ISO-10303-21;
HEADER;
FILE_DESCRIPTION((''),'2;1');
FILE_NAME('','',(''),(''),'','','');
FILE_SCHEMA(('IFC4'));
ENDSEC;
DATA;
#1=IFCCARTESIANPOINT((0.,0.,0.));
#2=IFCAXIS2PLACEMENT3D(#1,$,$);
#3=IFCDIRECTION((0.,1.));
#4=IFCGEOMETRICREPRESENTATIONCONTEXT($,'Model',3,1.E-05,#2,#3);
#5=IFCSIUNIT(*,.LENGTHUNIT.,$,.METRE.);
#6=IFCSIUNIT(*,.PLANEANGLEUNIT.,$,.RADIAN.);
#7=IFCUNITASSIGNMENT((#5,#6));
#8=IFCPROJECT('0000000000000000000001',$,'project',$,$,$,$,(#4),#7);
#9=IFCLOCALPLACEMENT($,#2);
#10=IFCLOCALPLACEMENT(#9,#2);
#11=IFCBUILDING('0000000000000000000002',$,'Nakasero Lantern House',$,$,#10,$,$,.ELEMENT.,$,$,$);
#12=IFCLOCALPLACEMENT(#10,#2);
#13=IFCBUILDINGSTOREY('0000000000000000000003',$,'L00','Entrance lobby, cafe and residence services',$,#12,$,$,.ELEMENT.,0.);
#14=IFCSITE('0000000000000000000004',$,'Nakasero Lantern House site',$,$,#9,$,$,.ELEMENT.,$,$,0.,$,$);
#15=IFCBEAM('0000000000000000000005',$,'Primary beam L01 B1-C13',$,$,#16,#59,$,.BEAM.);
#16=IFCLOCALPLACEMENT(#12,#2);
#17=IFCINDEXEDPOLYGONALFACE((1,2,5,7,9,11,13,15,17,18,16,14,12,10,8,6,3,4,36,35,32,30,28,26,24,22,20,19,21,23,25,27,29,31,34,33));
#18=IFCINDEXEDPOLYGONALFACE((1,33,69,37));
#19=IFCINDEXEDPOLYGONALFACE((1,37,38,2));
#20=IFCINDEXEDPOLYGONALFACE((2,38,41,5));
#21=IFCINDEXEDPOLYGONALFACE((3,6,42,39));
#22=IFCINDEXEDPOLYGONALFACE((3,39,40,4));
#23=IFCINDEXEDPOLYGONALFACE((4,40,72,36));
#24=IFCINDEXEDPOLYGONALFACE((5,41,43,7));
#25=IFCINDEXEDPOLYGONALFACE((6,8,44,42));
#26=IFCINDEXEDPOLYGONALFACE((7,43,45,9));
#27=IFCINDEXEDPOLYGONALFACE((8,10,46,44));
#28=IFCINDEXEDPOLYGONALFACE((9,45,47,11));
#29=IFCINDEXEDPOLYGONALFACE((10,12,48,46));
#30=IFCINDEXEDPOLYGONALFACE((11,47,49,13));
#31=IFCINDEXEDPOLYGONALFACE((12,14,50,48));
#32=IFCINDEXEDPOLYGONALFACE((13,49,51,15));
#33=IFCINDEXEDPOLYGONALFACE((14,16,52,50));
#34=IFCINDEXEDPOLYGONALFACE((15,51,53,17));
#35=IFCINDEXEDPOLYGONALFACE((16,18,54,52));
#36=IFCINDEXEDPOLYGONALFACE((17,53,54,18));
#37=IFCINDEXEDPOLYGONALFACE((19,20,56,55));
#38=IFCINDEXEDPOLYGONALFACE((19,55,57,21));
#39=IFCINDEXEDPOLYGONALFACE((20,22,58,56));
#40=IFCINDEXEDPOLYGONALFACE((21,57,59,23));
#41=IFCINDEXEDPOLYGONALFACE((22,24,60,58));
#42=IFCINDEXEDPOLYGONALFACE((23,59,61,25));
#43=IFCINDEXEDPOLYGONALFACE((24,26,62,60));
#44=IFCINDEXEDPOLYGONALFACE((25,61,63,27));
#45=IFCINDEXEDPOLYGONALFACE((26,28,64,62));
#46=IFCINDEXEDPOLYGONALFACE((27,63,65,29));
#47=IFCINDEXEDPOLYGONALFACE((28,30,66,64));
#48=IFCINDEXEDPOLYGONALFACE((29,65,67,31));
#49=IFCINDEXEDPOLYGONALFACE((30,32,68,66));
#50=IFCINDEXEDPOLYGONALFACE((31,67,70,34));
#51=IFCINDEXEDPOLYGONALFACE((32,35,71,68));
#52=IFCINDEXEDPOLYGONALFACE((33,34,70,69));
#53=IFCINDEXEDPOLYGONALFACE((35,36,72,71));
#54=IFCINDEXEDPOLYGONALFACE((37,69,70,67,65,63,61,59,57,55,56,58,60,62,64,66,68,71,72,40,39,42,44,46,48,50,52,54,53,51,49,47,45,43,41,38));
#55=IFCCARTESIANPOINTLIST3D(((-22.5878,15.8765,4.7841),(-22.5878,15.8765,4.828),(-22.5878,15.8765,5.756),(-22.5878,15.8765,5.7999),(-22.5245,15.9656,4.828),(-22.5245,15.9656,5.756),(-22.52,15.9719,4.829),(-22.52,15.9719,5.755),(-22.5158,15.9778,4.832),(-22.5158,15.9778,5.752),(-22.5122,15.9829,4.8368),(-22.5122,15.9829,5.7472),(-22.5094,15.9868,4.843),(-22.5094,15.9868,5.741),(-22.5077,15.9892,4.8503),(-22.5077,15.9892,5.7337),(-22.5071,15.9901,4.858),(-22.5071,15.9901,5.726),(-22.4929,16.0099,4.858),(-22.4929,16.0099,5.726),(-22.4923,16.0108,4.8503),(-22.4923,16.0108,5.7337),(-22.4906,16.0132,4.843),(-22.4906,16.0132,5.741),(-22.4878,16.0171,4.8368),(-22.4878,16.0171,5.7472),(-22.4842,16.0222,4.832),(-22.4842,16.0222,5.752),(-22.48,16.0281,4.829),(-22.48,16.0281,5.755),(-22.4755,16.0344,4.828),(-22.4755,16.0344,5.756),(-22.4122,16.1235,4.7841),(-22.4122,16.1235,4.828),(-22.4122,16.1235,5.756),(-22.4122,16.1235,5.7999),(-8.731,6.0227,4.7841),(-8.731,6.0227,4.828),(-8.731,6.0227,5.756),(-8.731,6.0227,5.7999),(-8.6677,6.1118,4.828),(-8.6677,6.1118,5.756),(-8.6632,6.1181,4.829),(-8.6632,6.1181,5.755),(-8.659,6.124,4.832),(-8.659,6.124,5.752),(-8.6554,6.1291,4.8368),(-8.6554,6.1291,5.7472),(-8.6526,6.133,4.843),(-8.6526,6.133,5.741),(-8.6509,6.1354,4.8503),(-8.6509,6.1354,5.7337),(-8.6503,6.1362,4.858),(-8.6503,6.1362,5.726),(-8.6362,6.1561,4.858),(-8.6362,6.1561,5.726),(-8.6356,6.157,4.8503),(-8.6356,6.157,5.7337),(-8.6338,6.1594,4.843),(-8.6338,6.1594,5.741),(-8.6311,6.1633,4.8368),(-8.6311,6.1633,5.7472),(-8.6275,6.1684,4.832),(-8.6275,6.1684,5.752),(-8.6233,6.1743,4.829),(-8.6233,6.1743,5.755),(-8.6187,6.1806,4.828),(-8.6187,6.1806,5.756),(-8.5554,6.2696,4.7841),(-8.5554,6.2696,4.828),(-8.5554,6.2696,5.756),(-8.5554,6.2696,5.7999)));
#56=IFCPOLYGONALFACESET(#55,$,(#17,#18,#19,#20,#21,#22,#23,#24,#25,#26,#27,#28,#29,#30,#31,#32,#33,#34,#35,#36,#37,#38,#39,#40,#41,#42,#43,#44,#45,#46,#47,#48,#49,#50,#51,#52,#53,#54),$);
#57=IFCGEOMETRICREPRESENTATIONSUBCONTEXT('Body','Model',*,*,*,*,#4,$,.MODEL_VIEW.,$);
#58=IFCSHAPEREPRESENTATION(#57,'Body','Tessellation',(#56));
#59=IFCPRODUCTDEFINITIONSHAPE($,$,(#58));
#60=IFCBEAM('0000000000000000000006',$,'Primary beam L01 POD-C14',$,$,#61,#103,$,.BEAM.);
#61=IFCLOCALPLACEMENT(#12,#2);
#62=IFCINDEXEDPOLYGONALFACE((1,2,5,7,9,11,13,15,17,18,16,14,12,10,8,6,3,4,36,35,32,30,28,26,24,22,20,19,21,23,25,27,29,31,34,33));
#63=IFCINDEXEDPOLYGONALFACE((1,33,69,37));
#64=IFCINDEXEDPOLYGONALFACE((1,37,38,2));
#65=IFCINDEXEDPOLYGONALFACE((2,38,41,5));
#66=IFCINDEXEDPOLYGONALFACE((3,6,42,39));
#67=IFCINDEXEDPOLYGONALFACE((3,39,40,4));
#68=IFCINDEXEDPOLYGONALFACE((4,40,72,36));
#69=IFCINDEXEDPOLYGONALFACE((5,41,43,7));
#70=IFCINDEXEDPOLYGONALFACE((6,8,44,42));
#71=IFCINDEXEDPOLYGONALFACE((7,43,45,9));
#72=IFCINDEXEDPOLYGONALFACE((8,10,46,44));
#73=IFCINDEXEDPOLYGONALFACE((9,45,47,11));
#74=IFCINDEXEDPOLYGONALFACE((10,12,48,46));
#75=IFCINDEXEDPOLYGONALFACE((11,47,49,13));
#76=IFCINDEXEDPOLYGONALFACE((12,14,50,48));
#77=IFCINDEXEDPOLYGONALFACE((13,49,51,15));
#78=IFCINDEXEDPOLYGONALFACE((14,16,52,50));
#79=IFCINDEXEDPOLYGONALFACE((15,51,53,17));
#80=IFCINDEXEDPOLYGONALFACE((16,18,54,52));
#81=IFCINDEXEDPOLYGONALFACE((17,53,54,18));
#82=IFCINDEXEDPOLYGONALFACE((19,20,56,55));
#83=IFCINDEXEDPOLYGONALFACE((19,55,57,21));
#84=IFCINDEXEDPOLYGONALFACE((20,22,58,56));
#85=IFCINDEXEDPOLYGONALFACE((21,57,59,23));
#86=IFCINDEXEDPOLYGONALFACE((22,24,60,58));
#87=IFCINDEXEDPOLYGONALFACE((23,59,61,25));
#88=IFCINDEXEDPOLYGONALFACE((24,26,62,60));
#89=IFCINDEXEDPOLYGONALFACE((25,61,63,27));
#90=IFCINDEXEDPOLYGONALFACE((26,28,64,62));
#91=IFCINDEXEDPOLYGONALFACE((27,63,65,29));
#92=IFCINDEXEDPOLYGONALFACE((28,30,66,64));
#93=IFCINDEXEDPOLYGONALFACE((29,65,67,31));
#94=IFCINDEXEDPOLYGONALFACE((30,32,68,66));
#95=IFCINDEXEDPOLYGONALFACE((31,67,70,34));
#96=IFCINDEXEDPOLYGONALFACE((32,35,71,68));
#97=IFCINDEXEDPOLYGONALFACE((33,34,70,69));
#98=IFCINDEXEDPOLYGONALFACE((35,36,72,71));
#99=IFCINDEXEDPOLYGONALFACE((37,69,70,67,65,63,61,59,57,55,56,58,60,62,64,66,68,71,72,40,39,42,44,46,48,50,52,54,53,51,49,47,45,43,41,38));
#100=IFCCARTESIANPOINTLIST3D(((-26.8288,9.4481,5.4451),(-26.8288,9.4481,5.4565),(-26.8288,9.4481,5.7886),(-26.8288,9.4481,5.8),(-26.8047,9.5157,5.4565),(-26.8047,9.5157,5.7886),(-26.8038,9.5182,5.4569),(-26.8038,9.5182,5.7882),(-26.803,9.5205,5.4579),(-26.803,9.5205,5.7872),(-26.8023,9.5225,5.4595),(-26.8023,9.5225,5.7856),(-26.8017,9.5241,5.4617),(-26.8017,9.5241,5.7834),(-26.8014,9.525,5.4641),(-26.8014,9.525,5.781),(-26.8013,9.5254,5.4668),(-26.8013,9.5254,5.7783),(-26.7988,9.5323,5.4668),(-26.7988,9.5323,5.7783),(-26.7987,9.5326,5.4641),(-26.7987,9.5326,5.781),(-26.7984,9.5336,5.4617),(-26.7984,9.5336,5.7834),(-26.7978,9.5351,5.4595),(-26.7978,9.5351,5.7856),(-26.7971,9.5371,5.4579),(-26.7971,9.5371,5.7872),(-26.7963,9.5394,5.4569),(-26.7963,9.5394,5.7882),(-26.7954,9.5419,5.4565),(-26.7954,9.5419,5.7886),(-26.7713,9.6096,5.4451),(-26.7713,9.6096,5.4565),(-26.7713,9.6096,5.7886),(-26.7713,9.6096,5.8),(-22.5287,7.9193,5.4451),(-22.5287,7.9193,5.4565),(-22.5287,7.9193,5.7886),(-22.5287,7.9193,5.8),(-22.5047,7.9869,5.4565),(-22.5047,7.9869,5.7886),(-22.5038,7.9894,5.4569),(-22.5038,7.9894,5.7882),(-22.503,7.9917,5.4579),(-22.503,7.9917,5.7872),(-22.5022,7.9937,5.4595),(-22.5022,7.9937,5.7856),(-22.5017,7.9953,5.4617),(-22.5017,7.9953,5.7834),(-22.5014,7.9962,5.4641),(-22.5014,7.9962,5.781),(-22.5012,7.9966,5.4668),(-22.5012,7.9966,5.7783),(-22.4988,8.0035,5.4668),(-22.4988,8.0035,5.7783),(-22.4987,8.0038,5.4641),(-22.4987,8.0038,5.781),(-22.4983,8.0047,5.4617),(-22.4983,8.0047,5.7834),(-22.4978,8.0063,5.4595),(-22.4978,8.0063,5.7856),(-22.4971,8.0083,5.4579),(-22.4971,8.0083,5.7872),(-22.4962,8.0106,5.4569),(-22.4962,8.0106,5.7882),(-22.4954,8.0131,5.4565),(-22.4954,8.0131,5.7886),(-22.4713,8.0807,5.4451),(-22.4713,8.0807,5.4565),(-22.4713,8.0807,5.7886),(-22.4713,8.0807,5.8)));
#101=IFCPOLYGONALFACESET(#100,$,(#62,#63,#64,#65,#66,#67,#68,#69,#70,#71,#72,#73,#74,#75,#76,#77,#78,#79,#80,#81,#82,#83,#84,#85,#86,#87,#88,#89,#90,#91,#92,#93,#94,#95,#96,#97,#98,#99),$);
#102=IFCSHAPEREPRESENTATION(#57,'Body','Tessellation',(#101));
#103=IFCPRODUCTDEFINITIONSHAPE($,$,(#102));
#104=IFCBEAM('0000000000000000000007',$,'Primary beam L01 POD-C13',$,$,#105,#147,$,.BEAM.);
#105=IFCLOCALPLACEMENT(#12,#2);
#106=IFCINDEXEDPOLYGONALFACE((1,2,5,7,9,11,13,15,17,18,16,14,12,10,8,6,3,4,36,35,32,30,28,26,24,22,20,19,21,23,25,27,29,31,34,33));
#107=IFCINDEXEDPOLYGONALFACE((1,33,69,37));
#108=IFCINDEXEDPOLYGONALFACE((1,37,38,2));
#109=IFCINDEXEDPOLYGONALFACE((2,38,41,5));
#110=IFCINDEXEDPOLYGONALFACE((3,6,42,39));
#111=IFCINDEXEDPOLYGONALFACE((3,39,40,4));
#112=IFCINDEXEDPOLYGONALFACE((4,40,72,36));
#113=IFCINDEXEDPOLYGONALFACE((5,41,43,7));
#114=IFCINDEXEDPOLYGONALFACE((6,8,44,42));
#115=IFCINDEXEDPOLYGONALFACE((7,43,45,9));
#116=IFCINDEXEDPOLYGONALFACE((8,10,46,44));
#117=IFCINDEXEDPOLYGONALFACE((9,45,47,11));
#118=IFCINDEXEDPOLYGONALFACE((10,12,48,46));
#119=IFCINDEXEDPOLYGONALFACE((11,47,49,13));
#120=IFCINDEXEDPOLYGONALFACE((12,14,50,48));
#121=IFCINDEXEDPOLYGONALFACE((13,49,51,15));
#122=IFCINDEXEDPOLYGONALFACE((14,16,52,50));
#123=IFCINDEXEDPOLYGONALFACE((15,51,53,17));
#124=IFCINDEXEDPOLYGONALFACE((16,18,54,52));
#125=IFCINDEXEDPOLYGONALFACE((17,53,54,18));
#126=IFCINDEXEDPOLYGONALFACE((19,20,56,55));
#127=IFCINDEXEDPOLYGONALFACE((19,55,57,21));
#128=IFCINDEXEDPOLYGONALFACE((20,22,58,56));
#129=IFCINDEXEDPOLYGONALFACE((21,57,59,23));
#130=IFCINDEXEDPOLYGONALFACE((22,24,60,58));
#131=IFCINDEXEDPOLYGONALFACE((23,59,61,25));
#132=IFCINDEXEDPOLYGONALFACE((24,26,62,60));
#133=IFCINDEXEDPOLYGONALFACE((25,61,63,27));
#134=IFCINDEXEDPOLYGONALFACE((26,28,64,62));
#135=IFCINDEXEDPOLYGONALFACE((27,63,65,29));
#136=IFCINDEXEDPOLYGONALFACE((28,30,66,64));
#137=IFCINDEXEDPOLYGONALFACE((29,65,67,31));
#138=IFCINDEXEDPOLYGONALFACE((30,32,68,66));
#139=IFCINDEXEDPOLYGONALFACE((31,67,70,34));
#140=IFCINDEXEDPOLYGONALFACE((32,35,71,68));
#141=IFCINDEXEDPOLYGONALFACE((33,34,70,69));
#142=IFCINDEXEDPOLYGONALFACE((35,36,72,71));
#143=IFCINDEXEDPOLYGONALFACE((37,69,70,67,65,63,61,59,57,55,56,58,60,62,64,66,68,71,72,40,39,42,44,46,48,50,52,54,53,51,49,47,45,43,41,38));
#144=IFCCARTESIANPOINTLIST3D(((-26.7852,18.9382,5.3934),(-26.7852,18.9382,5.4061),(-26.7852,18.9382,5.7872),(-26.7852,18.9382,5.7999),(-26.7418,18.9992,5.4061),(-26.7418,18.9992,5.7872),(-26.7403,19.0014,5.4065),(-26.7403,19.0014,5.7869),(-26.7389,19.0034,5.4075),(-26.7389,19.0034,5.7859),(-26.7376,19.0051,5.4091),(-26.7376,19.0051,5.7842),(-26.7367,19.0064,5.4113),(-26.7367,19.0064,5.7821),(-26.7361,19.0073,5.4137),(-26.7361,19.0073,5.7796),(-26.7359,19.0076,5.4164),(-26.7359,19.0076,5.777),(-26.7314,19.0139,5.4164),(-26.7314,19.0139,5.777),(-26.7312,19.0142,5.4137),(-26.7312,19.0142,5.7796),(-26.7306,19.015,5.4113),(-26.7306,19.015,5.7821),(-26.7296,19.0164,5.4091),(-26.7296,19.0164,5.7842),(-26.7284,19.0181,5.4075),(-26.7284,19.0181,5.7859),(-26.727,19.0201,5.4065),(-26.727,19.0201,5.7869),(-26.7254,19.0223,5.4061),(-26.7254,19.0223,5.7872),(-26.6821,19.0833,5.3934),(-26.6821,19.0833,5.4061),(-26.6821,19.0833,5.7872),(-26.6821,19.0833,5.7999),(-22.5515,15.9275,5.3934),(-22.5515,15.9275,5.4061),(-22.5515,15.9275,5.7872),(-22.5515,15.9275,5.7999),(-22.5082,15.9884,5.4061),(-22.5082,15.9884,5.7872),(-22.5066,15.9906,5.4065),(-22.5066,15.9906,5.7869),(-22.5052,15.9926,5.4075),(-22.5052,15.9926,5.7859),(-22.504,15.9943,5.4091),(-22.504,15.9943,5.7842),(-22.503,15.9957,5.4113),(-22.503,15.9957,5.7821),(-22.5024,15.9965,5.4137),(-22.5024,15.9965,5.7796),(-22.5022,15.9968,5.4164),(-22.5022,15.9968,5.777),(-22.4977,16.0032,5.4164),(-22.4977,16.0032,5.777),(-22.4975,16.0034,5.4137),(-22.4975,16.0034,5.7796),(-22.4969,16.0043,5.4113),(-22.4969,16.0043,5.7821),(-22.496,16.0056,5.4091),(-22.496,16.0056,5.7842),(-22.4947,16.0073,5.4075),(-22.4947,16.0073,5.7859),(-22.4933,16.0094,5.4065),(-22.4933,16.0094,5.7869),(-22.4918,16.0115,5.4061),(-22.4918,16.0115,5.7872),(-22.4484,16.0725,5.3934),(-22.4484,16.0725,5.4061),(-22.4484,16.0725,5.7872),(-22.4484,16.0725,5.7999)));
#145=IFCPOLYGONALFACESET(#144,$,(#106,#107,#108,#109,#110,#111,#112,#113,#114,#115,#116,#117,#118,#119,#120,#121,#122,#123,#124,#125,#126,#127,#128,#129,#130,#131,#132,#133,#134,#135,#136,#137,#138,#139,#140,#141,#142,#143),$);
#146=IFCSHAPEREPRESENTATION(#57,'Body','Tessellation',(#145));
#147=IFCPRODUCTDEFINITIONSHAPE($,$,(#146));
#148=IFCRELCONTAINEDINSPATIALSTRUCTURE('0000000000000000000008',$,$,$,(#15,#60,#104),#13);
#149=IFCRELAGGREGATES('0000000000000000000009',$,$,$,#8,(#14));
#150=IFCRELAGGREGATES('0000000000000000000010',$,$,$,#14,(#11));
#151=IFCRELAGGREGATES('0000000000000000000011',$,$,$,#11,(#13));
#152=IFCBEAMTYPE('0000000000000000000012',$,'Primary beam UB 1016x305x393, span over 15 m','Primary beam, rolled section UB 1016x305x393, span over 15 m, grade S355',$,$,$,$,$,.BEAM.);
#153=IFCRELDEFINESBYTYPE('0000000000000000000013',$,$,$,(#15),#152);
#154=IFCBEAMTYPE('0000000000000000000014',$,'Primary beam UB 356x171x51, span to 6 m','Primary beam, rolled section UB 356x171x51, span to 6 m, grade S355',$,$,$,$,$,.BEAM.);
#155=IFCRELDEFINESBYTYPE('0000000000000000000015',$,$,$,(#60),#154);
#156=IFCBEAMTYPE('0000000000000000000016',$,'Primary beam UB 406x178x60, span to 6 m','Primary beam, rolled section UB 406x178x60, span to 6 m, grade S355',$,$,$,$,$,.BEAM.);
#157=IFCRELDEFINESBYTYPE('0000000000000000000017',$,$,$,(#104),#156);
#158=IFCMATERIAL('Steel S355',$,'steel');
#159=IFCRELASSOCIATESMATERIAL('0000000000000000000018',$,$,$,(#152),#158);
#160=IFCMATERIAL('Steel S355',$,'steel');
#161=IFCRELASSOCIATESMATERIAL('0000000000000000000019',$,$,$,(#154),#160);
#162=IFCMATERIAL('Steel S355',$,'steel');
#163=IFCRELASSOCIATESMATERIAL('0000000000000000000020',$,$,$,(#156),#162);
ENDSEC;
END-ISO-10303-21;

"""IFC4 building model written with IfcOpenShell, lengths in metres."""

from ifc_helpers import new_model, si_unit, direction, frame, origin, origin_2d, place, context, subcontext, project, spatial, i_section, extrude, material, material_profile, profile_set, type_object, element, save


model = new_model("IFC4")

# Units and contexts
model_context = context("Model", 3, precision=1e-05, world=origin(), true_north=direction((0.0, 1.0)))
body_context = subcontext(model_context, "Body", "Model", "MODEL_VIEW")
ifc_project = project(units=[si_unit("LENGTHUNIT", "METRE"), si_unit("PLANEANGLEUNIT", "RADIAN")], contexts=[model_context])

# Site, building, storey
site_placement = place(None, origin())
site = spatial("IfcSite", under=ifc_project, at=site_placement, Name="Nakasero Lantern House site", CompositionType="ELEMENT", RefElevation=0.0)
building_placement = place(site_placement, origin())
building = spatial("IfcBuilding", under=site, at=building_placement, Name="Nakasero Lantern House", CompositionType="ELEMENT")
storey_placement = place(building_placement, origin())
storey = spatial("IfcBuildingStorey", under=building, at=storey_placement, Name="L00", Description="Entrance lobby, cafe and residence services", CompositionType="ELEMENT", Elevation=0.0)

# Beams
ifc_material_1 = material(Name="Steel S355", Category="steel")
ifc_material_profile_1 = material_profile(ifc_material_1, i_section(OverallWidth=0.303, OverallDepth=1.0159, WebThickness=0.0244, FlangeThickness=0.0439, FilletRadius=0.03, at=origin_2d()), Name="UB 1016x305x393")
ifc_profile_set_1 = profile_set([ifc_material_profile_1], Name="Steel S355")
beam_type_1 = type_object("IfcBeamType", Name="Primary beam UB 1016x305x393, span over 15 m", Description="Primary beam, rolled section UB 1016x305x393, span over 15 m, grade S355", PredefinedType="BEAM", material=ifc_profile_set_1)
beam_1_placement = place(storey_placement, frame((-22.5, 16.0, 5.292), z_axis=(0.814952, -0.579528, 0.0), x_axis=(0.579528, 0.814952, 0.0)))
element("IfcBeam", 1, at=beam_1_placement, inside=storey, type_object=beam_type_1, Name="Primary beam L01 B1-C13", PredefinedType="BEAM", context=body_context, shape_type="SweptSolid", body=[
    extrude(i_section(OverallWidth=0.303, OverallDepth=1.0159, WebThickness=0.0244, FlangeThickness=0.0439, FilletRadius=0.03, at=origin_2d()), origin(), (0.0, 0.0, 1.0), 17.0032),
])
ifc_material_2 = material(Name="Steel S355", Category="steel")
ifc_material_profile_2 = material_profile(ifc_material_2, i_section(OverallWidth=0.1714, OverallDepth=0.355, WebThickness=0.0073, FlangeThickness=0.0115, FilletRadius=0.0103, at=origin_2d()), Name="UB 356x171x51")
ifc_profile_set_2 = profile_set([ifc_material_profile_2], Name="Steel S355")
beam_type_2 = type_object("IfcBeamType", Name="Primary beam UB 356x171x51, span to 6 m", Description="Primary beam, rolled section UB 356x171x51, span to 6 m, grade S355", PredefinedType="BEAM", material=ifc_profile_set_2)
beam_2_placement = place(storey_placement, frame((-26.8, 9.5288, 5.6226), z_axis=(0.942221, -0.334991, 0.0), x_axis=(0.334991, 0.942221, 0.0)))
element("IfcBeam", 2, at=beam_2_placement, inside=storey, type_object=beam_type_2, Name="Primary beam L01 POD-C14", PredefinedType="BEAM", context=body_context, shape_type="SweptSolid", body=[
    extrude(i_section(OverallWidth=0.1714, OverallDepth=0.355, WebThickness=0.0073, FlangeThickness=0.0115, FilletRadius=0.0103, at=origin_2d()), origin(), (0.0, 0.0, 1.0), 4.5637),
])
ifc_material_3 = material(Name="Steel S355", Category="steel")
ifc_material_profile_3 = material_profile(ifc_material_3, i_section(OverallWidth=0.178, OverallDepth=0.4065, WebThickness=0.0078, FlangeThickness=0.0127, FilletRadius=0.0103, at=origin_2d()), Name="UB 406x178x60")
ifc_profile_set_3 = profile_set([ifc_material_profile_3], Name="Steel S355")
beam_type_3 = type_object("IfcBeamType", Name="Primary beam UB 406x178x60, span to 6 m", Description="Primary beam, rolled section UB 406x178x60, span to 6 m, grade S355", PredefinedType="BEAM", material=ifc_profile_set_3)
beam_3_placement = place(storey_placement, frame((-26.7336, 19.0107, 5.5967), z_axis=(0.814942, -0.579543, 0.0), x_axis=(0.579543, 0.814942, 0.0)))
element("IfcBeam", 3, at=beam_3_placement, inside=storey, type_object=beam_type_3, Name="Primary beam L01 POD-C13", PredefinedType="BEAM", context=body_context, shape_type="SweptSolid", body=[
    extrude(i_section(OverallWidth=0.178, OverallDepth=0.4065, WebThickness=0.0078, FlangeThickness=0.0127, FilletRadius=0.0103, at=origin_2d()), origin(), (0.0, 0.0, 1.0), 5.1951),
])

save(model, "model.ifc")
